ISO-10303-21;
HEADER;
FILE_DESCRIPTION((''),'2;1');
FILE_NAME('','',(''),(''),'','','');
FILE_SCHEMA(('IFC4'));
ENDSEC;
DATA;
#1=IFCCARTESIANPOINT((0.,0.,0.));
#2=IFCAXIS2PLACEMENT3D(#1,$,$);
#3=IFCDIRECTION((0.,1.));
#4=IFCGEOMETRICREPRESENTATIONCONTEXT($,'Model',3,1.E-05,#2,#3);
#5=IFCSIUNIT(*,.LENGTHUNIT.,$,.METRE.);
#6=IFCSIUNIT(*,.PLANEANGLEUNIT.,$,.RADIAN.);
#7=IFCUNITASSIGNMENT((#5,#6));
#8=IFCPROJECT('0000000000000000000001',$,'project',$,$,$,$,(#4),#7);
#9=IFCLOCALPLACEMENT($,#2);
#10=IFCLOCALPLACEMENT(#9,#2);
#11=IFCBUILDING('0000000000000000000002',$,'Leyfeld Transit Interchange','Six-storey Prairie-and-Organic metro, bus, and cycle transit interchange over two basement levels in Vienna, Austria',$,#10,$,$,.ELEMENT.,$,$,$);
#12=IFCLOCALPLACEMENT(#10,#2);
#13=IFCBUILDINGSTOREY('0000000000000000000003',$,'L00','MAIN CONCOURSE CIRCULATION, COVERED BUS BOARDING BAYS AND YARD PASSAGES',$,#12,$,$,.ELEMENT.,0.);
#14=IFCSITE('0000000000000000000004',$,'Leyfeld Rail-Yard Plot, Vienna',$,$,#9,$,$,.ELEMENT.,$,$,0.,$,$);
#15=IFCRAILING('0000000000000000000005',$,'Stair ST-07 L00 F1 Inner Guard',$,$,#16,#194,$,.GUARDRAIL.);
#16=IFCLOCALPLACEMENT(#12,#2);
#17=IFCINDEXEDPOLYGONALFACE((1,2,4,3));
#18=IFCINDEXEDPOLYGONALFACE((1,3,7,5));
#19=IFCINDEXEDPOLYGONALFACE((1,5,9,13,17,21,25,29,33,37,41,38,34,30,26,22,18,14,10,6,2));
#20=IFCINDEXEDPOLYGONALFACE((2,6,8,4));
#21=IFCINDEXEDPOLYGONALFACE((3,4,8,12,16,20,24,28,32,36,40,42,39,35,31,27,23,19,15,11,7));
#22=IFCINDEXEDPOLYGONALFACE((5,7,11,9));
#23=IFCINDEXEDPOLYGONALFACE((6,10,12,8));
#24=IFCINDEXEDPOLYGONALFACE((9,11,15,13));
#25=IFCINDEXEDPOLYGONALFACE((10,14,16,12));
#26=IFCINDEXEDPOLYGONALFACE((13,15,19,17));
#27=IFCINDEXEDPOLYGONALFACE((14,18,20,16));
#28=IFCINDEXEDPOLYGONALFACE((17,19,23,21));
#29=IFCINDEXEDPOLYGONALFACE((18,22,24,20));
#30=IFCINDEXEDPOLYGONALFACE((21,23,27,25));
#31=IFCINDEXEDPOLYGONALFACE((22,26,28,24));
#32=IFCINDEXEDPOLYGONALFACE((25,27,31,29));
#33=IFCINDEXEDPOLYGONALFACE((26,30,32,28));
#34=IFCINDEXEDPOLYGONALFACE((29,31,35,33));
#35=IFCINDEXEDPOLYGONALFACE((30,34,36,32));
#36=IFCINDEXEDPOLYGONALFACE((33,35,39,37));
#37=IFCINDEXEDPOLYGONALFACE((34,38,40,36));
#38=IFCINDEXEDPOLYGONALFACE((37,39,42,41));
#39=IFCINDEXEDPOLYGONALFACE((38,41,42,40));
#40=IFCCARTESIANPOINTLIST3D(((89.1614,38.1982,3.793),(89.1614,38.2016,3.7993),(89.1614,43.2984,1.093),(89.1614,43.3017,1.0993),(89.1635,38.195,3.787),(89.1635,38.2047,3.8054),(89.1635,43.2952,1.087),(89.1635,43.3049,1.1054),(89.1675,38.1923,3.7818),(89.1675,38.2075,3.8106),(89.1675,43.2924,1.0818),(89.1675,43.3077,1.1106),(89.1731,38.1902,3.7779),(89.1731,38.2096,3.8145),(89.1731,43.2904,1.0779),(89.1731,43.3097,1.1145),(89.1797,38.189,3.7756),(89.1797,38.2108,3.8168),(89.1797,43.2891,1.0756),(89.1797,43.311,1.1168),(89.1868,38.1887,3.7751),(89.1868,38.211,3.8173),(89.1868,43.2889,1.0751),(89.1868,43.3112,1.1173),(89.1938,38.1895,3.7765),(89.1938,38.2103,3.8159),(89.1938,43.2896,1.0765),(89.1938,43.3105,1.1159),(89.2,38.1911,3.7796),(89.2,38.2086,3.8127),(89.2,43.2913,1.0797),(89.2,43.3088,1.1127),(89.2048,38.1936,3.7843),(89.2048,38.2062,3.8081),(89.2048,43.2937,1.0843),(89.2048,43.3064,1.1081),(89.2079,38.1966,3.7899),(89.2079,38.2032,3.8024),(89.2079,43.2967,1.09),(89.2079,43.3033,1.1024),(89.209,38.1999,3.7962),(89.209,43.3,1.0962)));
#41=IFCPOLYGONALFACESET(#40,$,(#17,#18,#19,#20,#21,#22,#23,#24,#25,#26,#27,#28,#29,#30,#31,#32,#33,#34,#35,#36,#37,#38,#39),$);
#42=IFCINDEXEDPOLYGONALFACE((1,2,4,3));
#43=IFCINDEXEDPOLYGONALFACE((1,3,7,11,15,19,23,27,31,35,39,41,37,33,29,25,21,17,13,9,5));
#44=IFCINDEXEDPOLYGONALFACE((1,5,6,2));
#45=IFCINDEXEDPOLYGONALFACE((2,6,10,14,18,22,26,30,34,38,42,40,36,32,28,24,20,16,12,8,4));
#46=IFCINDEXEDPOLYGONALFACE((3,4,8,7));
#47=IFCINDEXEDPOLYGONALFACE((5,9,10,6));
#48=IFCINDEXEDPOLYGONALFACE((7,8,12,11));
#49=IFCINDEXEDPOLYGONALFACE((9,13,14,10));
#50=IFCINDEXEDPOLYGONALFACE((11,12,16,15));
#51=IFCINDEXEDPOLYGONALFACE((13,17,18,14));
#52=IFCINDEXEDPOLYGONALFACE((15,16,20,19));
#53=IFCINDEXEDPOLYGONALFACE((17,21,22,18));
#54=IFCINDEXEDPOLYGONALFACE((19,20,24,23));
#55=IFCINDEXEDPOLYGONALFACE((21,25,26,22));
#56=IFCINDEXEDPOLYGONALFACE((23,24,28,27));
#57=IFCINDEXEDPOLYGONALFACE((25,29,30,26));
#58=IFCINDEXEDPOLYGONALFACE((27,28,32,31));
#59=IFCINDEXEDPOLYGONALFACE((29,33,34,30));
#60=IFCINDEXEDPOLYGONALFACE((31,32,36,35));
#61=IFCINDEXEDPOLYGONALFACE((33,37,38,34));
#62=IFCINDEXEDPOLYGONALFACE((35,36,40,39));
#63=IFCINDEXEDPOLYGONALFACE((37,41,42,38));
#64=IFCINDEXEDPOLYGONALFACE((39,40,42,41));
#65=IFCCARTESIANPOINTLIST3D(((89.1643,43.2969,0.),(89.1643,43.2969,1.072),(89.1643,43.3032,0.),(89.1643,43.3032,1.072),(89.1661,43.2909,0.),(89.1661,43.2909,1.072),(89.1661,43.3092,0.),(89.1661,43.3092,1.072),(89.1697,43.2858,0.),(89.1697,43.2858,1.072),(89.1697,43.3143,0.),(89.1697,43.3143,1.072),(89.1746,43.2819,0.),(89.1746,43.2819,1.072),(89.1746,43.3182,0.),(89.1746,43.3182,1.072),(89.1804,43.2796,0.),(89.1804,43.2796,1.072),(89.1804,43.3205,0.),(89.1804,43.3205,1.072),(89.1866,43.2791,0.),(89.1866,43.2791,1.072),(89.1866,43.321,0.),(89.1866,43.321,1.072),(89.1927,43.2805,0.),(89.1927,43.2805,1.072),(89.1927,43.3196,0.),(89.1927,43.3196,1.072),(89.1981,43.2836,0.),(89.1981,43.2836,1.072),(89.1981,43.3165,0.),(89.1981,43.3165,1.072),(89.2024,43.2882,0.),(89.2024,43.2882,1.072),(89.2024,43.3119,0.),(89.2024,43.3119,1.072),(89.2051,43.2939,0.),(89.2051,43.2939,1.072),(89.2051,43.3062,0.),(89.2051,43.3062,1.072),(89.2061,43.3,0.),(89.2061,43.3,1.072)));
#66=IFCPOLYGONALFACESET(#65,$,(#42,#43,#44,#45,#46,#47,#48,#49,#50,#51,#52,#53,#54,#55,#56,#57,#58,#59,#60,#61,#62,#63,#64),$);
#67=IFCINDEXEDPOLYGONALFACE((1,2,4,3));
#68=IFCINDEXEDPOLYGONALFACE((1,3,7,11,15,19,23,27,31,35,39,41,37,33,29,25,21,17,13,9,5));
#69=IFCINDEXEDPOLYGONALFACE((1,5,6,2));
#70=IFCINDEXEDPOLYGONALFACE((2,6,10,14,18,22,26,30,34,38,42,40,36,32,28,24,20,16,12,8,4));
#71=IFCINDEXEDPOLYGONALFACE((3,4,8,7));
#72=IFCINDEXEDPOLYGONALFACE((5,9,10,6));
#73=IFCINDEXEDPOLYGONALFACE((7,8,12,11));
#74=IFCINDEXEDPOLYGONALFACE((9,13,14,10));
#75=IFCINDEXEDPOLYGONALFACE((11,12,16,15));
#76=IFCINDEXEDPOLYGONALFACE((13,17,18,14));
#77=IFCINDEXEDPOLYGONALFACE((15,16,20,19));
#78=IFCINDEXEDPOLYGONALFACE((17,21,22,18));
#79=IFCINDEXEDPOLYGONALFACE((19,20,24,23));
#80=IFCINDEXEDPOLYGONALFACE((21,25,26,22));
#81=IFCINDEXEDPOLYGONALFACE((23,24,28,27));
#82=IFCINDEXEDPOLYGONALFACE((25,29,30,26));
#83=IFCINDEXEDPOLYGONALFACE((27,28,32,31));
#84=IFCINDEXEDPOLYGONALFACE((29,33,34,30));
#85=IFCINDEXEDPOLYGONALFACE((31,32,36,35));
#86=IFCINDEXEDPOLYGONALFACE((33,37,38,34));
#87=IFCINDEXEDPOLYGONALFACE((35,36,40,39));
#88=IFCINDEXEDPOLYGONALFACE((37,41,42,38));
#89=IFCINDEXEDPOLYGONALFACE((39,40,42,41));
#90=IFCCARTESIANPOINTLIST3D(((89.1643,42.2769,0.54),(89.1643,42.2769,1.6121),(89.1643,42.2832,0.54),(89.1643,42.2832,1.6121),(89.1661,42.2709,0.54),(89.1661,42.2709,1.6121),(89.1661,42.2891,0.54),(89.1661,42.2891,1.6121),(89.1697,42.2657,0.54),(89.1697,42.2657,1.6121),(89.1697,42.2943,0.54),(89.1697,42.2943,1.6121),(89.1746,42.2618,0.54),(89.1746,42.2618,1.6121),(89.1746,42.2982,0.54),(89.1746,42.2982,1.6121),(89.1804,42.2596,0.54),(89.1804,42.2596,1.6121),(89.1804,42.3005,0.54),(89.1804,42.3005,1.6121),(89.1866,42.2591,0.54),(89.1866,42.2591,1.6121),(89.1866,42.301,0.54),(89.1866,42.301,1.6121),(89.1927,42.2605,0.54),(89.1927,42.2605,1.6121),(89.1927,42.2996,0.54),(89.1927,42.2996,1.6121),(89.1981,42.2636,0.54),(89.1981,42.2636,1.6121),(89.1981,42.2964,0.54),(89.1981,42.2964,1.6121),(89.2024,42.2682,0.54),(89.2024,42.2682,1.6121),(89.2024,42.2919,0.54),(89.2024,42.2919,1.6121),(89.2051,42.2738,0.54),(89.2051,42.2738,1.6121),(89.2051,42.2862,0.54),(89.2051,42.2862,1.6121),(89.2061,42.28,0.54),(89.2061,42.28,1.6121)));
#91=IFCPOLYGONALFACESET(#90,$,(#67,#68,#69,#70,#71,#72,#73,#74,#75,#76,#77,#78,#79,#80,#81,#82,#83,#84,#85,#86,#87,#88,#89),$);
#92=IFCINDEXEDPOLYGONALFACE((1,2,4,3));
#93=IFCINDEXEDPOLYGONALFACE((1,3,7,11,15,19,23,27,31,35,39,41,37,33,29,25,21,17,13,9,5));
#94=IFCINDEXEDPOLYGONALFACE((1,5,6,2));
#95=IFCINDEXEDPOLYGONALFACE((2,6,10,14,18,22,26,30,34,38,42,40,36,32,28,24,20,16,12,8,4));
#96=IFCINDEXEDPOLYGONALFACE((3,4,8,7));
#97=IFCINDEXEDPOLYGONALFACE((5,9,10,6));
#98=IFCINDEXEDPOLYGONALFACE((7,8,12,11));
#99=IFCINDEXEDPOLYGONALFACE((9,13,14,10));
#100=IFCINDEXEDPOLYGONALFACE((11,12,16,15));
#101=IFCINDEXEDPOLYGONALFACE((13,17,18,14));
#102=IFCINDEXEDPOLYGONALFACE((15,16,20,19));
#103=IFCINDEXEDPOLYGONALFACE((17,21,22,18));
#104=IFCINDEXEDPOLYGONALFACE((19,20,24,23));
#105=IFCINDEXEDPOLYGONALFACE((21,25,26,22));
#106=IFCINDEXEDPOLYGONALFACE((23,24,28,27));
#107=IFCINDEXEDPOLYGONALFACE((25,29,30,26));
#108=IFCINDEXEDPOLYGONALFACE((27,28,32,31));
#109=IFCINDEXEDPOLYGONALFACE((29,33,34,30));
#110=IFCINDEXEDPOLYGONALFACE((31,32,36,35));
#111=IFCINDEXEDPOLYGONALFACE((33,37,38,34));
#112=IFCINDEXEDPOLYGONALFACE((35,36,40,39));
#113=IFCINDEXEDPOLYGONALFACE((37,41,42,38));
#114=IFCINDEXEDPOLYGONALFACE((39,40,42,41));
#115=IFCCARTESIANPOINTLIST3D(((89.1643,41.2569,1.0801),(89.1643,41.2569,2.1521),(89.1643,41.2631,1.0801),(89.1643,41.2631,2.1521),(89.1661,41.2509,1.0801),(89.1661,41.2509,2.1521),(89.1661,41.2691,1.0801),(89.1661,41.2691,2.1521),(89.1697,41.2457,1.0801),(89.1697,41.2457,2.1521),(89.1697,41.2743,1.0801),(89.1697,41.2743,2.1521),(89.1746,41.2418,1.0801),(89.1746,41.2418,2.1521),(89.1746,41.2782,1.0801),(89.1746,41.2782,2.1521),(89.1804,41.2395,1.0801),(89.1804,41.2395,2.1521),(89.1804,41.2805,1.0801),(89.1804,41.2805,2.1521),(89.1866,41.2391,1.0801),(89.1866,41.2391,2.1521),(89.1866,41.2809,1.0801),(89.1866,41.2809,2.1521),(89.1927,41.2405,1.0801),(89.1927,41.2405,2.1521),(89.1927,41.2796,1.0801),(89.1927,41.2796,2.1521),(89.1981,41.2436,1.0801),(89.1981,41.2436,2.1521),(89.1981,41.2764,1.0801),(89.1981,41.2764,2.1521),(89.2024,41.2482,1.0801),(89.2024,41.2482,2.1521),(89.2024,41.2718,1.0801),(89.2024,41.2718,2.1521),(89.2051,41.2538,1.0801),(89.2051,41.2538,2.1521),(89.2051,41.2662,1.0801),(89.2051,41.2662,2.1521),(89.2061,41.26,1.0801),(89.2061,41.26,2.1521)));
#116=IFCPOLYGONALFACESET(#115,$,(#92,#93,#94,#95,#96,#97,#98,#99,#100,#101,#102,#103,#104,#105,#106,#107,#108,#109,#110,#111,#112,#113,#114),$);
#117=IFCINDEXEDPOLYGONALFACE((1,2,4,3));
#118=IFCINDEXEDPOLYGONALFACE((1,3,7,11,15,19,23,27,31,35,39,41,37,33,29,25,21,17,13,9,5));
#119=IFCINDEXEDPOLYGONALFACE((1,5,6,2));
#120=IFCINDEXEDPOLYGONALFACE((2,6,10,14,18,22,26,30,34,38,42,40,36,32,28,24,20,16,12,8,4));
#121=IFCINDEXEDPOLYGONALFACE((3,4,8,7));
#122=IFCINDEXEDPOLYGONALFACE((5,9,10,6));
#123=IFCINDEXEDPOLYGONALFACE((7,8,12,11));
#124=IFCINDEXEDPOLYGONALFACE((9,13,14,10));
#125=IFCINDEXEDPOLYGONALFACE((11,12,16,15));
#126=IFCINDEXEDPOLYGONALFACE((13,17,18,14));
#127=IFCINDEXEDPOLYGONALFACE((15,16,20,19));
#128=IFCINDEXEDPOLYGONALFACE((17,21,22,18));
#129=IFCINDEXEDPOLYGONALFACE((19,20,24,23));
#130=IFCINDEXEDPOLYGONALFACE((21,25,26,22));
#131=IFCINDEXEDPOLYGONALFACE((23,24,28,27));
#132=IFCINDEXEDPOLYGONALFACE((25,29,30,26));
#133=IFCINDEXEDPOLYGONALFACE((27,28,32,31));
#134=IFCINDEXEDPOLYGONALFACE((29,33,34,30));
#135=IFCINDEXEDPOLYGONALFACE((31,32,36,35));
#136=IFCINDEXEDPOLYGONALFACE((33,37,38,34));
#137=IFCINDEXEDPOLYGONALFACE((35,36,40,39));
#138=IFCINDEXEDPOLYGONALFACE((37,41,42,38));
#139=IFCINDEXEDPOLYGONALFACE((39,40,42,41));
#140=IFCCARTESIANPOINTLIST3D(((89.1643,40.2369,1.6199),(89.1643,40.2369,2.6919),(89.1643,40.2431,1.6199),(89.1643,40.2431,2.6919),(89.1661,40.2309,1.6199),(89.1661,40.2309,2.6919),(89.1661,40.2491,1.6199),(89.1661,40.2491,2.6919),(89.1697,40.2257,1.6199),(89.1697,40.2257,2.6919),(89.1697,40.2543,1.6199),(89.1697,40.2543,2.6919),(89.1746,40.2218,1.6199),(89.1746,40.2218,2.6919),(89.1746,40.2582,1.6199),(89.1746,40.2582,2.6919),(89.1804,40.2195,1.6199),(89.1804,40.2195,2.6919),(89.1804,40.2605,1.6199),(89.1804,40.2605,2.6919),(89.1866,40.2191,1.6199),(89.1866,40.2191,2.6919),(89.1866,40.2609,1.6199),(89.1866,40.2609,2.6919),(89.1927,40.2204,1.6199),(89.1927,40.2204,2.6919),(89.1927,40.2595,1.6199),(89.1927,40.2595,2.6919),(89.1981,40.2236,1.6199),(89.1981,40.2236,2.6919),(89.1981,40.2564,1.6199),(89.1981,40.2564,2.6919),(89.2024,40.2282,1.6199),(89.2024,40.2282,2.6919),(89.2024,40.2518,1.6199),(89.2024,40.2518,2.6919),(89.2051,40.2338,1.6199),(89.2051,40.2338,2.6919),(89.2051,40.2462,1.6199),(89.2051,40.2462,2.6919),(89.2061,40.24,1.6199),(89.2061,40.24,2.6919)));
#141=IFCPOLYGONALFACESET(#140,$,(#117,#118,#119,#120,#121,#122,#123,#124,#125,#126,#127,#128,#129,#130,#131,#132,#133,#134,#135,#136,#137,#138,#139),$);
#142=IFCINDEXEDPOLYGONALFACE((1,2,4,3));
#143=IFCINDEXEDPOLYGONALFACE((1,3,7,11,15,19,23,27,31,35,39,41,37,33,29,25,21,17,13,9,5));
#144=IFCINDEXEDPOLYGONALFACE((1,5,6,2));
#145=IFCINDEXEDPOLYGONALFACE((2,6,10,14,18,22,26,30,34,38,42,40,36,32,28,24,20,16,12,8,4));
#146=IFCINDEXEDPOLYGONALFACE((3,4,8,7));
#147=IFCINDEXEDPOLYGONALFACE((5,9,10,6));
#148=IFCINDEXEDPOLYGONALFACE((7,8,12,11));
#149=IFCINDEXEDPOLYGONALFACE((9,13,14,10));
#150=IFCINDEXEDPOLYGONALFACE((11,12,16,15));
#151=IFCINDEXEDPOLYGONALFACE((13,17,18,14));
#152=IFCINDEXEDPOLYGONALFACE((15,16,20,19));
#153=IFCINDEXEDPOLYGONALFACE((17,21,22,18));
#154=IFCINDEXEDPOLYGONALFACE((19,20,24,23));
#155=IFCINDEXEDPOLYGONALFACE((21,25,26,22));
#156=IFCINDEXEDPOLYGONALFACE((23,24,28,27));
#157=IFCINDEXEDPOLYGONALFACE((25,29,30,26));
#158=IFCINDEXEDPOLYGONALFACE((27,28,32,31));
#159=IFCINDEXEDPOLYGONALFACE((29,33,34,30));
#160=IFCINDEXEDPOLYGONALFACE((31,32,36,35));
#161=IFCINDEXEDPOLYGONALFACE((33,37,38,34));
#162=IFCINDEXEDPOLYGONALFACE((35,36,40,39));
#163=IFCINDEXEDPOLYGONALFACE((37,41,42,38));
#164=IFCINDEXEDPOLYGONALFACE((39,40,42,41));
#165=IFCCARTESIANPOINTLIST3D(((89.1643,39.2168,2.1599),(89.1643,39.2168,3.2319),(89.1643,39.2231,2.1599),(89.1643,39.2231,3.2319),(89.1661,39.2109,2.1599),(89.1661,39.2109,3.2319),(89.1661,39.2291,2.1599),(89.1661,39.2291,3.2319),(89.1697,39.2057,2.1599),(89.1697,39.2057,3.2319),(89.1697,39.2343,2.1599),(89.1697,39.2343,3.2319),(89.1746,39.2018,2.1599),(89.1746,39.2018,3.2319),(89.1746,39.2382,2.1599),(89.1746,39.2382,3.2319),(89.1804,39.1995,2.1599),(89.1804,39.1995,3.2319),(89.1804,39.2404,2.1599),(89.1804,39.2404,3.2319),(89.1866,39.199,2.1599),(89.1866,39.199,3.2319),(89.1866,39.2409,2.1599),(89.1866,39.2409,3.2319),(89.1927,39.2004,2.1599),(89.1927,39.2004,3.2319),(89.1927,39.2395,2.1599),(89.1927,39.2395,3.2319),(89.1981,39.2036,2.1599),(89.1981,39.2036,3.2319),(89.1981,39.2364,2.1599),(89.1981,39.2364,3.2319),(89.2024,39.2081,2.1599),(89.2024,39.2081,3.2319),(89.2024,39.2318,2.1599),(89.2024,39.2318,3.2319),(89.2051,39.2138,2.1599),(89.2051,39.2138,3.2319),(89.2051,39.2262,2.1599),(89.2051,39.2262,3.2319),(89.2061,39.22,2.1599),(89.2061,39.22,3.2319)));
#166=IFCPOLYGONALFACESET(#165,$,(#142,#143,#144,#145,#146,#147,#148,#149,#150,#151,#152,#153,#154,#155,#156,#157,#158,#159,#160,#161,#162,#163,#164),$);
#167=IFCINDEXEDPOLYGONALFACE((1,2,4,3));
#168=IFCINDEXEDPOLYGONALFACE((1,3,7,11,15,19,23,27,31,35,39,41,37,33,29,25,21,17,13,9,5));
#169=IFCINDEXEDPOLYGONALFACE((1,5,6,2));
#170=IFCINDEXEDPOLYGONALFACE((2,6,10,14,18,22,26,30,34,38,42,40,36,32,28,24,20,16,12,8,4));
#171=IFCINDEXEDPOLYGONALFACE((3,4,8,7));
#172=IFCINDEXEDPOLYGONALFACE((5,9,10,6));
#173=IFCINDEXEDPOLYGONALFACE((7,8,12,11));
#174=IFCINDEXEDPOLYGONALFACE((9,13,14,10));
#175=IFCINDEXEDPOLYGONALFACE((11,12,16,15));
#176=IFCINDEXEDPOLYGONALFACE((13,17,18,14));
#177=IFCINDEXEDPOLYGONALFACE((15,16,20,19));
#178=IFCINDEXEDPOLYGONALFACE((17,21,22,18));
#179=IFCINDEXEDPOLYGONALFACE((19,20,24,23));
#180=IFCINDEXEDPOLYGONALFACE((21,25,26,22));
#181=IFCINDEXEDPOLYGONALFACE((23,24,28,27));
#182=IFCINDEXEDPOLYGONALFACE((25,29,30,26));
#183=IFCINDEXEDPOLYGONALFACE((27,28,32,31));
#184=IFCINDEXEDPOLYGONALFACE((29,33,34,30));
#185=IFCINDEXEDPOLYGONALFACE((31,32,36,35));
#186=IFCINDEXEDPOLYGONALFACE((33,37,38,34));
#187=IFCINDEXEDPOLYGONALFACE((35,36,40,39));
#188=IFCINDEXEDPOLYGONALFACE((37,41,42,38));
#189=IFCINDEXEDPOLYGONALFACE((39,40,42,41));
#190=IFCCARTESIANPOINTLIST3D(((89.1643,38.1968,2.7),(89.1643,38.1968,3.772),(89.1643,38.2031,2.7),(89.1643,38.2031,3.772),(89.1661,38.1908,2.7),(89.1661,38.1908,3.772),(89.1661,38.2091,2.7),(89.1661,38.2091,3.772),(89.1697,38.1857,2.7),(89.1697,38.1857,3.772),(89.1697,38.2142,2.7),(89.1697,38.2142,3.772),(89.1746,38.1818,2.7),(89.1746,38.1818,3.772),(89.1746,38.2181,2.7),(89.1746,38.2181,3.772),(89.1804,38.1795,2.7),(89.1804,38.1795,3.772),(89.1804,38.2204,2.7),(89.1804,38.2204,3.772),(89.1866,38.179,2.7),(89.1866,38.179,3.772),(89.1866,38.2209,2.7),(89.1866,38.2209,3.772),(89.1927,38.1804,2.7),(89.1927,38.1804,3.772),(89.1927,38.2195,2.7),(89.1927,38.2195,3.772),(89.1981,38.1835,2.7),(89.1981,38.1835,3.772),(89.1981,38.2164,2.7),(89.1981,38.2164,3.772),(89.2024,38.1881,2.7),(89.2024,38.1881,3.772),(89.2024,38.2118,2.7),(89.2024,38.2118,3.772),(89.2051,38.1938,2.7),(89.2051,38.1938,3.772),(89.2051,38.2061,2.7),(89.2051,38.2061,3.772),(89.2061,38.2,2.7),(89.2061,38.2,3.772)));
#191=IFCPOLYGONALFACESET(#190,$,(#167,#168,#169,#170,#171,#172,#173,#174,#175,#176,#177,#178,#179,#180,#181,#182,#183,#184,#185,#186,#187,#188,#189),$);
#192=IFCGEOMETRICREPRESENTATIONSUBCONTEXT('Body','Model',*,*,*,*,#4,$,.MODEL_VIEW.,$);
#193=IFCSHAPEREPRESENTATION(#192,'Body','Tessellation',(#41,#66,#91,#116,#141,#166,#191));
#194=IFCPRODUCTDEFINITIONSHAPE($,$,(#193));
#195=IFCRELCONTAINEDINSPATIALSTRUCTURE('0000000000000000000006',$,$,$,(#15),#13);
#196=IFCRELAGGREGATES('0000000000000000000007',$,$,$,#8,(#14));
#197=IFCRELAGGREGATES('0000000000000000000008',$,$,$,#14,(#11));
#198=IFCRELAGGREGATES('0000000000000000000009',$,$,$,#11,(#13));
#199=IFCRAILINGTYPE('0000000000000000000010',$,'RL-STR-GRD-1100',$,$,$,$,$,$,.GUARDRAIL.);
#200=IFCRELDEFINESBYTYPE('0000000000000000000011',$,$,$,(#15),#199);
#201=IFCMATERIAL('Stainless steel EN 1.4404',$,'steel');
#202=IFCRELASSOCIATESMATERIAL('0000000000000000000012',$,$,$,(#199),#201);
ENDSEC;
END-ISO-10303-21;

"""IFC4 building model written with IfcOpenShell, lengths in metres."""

from ifc_helpers import new_model, si_unit, direction, frame, origin, origin_2d, place, context, subcontext, project, spatial, circle, extrude, material, type_object, element, save


model = new_model("IFC4")

# Units and contexts
model_context = context("Model", 3, precision=1e-05, world=origin(), true_north=direction((0.0, 1.0)))
body_context = subcontext(model_context, "Body", "Model", "MODEL_VIEW")
ifc_project = project(units=[si_unit("LENGTHUNIT", "METRE"), si_unit("PLANEANGLEUNIT", "RADIAN")], contexts=[model_context])

# Site, building, storey
site_placement = place(None, origin())
site = spatial("IfcSite", under=ifc_project, at=site_placement, Name="Leyfeld Rail-Yard Plot, Vienna", CompositionType="ELEMENT", RefElevation=0.0)
building_placement = place(site_placement, origin())
building = spatial("IfcBuilding", under=site, at=building_placement, Name="Leyfeld Transit Interchange", Description="Six-storey Prairie-and-Organic metro, bus, and cycle transit interchange over two basement levels in Vienna, Austria", CompositionType="ELEMENT")
storey_placement = place(building_placement, origin())
storey = spatial("IfcBuildingStorey", under=building, at=storey_placement, Name="L00", Description="MAIN CONCOURSE CIRCULATION, COVERED BUS BOARDING BAYS AND YARD PASSAGES", CompositionType="ELEMENT", Elevation=0.0)

# Railing
ifc_material_1 = material(Name="Stainless steel EN 1.4404", Category="steel")
railing_type = type_object("IfcRailingType", Name="RL-STR-GRD-1100", PredefinedType="GUARDRAIL", material=ifc_material_1)
railing_1_placement = place(storey_placement, frame((89.1851, 43.3, 0.0)))
element("IfcRailing", 1, at=railing_1_placement, inside=storey, type_object=railing_type, Name="Stair ST-07 L00 F1 Inner Guard", PredefinedType="GUARDRAIL", context=body_context, shape_type="SweptSolid", body=[
    extrude(circle(Radius=0.0239, at=origin_2d()), frame((0.0, 0.0, 1.0962), z_axis=(0.0, -0.883795, 0.467874), x_axis=(1.0, 0.0, 0.0)), (0.0, 0.0, 1.0), 5.7708),
    extrude(circle(Radius=0.021, at=origin_2d()), origin(), (0.0, 0.0, 1.0), 1.072),
    extrude(circle(Radius=0.021, at=origin_2d()), frame((0.0, -1.02, 0.54)), (0.0, 0.0, 1.0), 1.072),
    extrude(circle(Radius=0.021, at=origin_2d()), frame((0.0, -2.04, 1.0801)), (0.0, 0.0, 1.0), 1.072),
    extrude(circle(Radius=0.021, at=origin_2d()), frame((0.0, -3.0601, 1.6199)), (0.0, 0.0, 1.0), 1.072),
    extrude(circle(Radius=0.021, at=origin_2d()), frame((0.0, -4.0801, 2.1599)), (0.0, 0.0, 1.0), 1.072),
    extrude(circle(Radius=0.021, at=origin_2d()), frame((0.0, -5.1001, 2.7)), (0.0, 0.0, 1.0), 1.072),
])

save(model, "model.ifc")
